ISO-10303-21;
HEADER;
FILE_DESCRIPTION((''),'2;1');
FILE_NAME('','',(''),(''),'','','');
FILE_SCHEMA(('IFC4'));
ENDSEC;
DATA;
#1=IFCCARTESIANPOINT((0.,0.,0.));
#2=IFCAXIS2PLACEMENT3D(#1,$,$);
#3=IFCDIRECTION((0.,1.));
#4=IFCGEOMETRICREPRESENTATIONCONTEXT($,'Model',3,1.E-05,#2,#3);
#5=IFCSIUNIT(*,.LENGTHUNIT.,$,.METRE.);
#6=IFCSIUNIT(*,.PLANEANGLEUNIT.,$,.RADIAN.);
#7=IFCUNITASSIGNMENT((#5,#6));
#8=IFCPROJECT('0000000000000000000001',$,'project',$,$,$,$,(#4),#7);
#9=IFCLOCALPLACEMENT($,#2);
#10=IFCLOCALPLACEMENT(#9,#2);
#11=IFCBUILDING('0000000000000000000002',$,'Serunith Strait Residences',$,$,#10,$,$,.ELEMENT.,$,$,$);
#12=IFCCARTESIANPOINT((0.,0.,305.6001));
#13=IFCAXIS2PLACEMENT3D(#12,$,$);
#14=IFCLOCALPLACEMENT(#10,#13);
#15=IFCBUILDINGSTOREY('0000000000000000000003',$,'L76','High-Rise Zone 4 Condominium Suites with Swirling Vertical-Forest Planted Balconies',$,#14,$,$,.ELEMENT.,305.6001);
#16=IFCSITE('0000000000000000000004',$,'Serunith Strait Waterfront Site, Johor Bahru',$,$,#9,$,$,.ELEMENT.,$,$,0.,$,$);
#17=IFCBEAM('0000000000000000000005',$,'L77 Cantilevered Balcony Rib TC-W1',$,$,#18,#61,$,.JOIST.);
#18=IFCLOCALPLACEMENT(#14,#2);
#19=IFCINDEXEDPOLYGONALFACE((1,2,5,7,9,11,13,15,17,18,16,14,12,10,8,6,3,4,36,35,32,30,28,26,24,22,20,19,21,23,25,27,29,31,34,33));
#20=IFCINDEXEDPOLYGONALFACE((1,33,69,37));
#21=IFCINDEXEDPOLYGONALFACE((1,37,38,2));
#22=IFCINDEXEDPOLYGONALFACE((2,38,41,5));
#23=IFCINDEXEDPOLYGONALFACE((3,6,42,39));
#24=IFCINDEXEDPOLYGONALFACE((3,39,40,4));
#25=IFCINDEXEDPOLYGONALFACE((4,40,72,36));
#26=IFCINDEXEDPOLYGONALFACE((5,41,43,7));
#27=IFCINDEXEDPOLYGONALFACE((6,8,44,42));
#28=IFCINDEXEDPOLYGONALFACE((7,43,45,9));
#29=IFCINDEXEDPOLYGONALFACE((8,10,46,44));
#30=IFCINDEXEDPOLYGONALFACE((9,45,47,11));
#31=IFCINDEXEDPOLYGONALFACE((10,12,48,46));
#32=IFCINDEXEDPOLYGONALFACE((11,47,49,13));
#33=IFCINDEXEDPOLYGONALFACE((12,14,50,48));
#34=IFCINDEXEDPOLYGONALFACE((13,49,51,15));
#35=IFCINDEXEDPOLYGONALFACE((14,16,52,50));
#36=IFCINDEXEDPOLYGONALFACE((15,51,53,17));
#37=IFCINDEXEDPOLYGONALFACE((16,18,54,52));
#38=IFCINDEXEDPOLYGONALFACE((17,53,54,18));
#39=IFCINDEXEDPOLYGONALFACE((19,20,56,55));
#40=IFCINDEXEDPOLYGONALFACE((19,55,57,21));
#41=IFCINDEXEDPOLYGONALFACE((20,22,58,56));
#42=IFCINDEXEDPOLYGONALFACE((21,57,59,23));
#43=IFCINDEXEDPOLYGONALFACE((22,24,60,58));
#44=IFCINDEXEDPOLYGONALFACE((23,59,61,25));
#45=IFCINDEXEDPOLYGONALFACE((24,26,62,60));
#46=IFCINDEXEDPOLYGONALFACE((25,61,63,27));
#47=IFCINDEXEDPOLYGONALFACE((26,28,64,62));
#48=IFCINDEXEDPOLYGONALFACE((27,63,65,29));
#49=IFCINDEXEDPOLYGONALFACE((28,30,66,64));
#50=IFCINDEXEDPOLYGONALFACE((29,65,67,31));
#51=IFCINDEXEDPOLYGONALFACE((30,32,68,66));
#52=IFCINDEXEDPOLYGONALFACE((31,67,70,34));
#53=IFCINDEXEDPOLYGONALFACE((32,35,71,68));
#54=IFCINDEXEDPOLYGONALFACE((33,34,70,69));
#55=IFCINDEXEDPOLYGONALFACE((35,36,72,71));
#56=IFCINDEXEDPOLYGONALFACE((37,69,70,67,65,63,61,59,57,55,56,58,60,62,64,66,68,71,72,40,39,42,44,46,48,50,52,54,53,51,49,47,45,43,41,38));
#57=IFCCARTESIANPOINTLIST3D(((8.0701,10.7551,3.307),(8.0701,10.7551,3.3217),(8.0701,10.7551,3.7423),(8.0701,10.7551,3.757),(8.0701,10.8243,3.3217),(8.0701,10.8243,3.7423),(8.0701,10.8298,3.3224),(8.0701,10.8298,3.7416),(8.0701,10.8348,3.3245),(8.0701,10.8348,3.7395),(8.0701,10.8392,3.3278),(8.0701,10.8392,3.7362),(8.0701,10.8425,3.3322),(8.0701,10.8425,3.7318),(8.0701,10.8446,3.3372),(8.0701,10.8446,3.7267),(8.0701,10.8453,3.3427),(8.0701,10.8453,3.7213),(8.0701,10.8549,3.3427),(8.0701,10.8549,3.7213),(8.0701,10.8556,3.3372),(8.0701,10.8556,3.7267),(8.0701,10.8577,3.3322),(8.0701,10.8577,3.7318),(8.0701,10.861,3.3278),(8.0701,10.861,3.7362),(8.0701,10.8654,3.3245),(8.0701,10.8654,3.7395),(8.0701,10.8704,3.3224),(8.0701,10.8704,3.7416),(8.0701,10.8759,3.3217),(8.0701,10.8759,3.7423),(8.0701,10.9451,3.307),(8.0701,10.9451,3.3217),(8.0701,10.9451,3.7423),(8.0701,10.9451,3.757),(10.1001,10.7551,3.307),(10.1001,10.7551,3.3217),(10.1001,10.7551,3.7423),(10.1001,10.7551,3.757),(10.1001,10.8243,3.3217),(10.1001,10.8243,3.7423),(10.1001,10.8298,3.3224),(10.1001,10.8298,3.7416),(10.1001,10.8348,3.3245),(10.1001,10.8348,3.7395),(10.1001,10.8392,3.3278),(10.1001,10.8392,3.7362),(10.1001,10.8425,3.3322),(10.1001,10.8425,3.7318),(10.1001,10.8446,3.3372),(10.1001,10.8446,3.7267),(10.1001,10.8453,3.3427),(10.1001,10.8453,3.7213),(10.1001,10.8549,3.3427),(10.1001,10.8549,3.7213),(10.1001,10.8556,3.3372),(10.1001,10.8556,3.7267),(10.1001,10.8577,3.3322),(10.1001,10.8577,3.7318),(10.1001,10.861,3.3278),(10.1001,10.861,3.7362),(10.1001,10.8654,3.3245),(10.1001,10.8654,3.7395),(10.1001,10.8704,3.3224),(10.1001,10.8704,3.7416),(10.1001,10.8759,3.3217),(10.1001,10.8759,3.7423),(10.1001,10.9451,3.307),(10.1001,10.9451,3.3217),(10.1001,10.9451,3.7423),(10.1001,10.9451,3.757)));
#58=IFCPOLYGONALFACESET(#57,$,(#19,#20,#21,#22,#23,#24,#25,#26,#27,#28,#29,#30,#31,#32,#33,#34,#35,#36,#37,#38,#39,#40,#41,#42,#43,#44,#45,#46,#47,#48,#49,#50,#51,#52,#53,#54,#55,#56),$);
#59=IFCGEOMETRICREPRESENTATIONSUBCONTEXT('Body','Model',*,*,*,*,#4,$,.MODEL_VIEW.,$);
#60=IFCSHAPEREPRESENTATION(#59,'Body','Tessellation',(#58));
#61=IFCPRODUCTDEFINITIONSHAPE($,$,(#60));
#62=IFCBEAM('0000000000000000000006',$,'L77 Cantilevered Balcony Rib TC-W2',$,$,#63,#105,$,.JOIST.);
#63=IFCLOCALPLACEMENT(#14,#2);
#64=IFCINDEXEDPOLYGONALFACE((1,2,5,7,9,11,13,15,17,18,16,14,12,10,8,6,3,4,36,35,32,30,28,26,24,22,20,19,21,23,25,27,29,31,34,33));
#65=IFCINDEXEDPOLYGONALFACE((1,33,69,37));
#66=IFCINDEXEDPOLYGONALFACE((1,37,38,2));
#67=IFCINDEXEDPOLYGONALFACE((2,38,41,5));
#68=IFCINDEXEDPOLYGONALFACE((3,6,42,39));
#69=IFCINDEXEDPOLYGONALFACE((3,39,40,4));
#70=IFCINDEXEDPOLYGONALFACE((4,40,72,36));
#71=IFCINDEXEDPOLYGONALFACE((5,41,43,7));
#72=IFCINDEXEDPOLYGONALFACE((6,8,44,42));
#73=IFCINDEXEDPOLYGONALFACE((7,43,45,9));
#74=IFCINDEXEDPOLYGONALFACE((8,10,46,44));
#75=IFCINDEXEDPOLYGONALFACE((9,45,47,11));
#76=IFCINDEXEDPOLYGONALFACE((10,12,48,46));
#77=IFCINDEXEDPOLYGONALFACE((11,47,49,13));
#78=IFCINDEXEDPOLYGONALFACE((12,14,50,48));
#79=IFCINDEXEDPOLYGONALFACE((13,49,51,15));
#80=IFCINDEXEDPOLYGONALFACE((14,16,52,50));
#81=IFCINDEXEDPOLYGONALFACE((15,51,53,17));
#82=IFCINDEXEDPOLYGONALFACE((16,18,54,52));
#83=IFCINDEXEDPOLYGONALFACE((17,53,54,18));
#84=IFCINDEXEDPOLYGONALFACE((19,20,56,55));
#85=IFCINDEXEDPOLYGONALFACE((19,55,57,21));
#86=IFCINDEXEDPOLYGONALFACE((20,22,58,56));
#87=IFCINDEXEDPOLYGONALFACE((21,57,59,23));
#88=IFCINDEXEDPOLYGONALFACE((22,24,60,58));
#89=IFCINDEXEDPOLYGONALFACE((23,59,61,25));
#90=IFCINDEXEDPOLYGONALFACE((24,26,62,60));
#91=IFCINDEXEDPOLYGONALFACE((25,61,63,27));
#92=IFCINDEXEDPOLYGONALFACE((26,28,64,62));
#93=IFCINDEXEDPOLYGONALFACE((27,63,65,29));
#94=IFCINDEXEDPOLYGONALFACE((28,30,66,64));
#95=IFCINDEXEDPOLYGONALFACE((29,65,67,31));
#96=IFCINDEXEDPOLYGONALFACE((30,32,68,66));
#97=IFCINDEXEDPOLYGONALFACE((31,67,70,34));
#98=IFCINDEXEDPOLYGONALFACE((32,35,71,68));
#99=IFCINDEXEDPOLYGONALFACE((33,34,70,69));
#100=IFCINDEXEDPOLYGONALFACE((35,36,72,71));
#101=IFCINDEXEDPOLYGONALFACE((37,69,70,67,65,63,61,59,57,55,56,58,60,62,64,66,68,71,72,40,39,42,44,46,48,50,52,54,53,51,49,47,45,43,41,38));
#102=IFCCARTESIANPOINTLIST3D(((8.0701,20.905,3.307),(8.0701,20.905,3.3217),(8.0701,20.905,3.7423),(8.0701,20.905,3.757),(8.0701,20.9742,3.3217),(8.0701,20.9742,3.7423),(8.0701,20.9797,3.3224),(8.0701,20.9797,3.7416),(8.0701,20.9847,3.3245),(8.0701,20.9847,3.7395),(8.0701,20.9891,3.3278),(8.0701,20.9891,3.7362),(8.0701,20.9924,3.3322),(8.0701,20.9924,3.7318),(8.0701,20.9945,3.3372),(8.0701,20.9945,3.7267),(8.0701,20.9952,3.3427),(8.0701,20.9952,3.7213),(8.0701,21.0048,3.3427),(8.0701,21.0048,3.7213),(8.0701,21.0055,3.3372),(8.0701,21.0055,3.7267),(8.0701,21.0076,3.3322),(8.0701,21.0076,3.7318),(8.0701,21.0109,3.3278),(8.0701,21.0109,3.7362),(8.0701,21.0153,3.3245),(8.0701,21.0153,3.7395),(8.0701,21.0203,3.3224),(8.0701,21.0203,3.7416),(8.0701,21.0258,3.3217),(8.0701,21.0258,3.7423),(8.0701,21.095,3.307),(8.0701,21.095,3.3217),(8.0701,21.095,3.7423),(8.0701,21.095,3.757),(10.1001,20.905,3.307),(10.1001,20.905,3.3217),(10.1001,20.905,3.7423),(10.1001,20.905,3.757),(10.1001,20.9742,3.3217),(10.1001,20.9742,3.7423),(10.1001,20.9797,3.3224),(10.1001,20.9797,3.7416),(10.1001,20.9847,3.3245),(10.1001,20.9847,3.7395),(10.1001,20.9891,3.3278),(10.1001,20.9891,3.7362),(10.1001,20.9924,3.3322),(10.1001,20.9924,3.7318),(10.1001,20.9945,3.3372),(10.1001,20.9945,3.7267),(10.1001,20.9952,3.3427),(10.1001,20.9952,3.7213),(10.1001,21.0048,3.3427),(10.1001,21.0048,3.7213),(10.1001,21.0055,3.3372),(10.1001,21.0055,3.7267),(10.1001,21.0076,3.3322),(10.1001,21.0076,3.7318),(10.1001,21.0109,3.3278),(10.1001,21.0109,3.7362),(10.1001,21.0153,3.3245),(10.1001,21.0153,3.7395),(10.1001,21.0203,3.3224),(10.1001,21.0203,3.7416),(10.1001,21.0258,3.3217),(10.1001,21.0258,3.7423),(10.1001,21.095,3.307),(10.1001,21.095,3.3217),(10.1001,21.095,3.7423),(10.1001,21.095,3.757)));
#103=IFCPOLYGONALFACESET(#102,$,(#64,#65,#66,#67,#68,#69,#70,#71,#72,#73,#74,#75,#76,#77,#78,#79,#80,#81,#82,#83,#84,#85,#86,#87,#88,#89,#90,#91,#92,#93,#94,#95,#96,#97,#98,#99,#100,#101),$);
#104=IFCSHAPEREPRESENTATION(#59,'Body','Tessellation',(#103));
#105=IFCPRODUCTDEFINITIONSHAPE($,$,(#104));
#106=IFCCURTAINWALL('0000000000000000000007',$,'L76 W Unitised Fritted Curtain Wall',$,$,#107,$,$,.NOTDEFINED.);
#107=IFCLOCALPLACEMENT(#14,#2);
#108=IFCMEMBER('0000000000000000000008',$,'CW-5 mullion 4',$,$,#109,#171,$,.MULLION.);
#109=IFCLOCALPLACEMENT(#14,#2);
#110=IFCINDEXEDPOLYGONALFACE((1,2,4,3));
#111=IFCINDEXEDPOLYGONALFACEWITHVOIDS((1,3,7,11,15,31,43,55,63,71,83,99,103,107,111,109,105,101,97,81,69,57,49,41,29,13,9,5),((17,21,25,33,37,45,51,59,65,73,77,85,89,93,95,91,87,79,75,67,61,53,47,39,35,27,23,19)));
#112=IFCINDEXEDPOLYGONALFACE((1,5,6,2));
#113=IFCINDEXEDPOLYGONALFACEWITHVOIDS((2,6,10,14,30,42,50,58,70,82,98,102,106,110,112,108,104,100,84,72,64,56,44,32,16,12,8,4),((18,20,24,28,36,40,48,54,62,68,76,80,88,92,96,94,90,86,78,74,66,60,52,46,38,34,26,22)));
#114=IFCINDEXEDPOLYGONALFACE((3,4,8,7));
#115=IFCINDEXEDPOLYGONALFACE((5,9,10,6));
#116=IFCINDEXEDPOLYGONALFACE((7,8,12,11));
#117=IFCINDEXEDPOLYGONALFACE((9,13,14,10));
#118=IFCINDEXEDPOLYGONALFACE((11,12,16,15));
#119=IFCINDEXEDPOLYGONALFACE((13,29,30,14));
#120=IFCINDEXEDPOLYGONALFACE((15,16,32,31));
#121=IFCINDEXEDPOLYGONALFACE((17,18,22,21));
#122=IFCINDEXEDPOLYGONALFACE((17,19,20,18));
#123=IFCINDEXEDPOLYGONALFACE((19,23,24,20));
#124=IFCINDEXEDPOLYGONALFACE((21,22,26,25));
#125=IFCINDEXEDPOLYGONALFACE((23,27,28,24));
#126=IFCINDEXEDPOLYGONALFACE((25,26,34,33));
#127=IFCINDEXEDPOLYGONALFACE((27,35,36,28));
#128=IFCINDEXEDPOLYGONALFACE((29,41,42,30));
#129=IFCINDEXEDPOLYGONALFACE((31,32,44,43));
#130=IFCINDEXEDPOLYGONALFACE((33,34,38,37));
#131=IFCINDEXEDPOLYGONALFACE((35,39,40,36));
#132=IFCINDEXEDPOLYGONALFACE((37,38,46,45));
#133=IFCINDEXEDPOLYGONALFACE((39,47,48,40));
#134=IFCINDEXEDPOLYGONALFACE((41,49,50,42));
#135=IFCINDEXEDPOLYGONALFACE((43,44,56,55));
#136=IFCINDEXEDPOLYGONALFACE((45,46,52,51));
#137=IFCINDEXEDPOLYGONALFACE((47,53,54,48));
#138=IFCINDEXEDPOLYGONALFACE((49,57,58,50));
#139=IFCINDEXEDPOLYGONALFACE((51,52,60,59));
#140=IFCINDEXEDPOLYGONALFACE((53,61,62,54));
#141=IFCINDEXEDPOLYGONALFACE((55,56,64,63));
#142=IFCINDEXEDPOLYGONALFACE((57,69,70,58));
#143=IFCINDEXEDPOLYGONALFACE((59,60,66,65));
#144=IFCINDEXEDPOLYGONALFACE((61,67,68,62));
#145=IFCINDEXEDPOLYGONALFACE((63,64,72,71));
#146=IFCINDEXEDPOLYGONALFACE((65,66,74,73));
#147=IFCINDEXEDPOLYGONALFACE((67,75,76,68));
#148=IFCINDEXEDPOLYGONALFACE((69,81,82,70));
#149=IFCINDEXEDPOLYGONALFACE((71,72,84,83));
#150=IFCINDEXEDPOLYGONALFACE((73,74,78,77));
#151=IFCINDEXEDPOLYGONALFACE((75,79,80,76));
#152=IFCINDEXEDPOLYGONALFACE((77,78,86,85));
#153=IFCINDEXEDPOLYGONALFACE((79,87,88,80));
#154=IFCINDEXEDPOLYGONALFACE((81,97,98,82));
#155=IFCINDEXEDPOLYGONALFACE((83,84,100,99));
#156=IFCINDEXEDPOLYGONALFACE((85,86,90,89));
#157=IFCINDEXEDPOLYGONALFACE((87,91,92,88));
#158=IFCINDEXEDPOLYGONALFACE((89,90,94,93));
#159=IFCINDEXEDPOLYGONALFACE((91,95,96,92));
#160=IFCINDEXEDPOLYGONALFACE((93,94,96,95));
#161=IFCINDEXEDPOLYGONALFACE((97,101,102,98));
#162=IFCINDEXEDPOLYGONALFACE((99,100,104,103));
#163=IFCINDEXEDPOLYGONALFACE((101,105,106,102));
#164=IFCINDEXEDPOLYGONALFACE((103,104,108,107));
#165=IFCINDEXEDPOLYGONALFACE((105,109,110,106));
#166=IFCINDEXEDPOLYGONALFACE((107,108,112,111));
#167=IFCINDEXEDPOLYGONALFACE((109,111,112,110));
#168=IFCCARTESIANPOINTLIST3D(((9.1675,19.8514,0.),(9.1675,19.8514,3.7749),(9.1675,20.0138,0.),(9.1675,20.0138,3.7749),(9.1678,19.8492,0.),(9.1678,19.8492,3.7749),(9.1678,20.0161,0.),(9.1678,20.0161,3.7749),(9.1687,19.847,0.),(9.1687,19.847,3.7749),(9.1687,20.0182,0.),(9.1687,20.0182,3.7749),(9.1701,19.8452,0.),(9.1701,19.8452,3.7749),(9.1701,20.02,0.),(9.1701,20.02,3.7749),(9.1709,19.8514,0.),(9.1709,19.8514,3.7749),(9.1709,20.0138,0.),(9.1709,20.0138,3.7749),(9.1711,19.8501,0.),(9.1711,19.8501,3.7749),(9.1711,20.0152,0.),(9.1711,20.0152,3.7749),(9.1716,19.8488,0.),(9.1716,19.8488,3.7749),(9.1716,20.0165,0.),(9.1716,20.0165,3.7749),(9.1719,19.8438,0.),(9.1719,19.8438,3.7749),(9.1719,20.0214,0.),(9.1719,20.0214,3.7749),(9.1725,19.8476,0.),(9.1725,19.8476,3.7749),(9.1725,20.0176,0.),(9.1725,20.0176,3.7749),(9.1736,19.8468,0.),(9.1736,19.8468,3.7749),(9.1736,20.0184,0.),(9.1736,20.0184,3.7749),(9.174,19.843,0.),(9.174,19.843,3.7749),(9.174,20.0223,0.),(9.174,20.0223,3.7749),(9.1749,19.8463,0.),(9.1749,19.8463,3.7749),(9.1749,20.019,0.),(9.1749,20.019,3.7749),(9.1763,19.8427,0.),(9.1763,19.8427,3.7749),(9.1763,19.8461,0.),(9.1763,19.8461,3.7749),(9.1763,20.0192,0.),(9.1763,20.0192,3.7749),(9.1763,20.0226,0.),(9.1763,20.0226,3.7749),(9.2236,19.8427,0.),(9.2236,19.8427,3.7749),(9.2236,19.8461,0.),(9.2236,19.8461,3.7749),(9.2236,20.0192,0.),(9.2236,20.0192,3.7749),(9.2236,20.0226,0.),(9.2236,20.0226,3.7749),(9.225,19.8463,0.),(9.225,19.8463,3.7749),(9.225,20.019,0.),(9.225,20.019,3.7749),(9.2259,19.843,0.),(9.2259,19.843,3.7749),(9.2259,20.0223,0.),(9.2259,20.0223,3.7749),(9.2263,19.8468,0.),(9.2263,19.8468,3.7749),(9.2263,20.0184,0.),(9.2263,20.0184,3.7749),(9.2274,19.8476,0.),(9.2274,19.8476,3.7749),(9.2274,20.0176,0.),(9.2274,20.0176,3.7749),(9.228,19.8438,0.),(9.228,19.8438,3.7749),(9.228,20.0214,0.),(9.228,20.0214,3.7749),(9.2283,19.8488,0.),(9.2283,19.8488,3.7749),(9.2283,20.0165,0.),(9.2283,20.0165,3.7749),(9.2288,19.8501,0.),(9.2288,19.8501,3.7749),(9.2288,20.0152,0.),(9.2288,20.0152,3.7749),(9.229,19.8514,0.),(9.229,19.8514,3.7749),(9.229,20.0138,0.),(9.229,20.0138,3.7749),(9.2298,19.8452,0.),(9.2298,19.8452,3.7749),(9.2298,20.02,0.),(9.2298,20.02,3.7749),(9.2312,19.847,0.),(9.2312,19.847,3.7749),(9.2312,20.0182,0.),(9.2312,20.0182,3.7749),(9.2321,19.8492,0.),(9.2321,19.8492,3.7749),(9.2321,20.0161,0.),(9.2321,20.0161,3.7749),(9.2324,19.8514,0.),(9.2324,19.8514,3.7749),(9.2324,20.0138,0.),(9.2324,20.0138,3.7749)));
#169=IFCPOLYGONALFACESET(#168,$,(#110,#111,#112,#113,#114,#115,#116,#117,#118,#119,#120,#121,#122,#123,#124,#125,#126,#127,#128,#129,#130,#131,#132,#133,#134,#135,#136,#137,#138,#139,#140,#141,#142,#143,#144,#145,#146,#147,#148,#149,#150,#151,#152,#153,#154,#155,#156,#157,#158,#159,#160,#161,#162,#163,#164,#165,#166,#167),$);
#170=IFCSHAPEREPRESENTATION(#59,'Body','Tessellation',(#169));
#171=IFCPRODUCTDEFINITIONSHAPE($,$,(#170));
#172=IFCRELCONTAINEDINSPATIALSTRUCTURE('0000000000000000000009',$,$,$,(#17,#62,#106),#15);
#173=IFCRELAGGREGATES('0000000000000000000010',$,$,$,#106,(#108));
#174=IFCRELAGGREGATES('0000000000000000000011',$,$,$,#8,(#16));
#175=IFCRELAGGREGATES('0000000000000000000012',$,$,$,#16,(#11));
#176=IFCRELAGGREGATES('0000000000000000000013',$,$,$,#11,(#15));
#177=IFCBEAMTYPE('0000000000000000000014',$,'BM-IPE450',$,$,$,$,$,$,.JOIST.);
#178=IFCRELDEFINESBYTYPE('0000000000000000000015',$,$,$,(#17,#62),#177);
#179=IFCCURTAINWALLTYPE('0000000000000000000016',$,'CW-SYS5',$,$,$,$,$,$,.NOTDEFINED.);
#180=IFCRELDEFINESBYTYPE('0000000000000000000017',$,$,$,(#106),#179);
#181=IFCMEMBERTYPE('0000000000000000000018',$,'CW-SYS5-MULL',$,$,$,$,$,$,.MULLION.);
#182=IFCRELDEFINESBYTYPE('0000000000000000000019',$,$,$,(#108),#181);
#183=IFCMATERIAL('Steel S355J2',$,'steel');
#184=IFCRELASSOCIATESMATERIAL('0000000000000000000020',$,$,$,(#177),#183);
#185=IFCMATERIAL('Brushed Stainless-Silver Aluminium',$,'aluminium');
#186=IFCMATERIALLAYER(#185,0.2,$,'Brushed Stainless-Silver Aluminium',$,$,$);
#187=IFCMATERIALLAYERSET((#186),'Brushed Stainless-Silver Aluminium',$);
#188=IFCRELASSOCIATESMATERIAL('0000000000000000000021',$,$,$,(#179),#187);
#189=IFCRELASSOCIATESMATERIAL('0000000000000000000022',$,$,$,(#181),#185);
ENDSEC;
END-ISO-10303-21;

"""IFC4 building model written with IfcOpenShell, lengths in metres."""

from ifc_helpers import new_model, si_unit, direction, frame, origin, origin_2d, place, context, subcontext, project, spatial, hollow_rectangle, i_section, extrude, source, transform, mapped, material, layer, layer_set, material_profile, profile_set, type_object, element, aggregate, save


model = new_model("IFC4")

# Units and contexts
model_context = context("Model", 3, precision=1e-05, world=origin(), true_north=direction((0.0, 1.0)))
body_context = subcontext(model_context, "Body", "Model", "MODEL_VIEW")
ifc_project = project(units=[si_unit("LENGTHUNIT", "METRE"), si_unit("PLANEANGLEUNIT", "RADIAN")], contexts=[model_context])

# Site, building, storey
site_placement = place(None, origin())
site = spatial("IfcSite", under=ifc_project, at=site_placement, Name="Serunith Strait Waterfront Site, Johor Bahru", CompositionType="ELEMENT", RefElevation=0.0)
building_placement = place(site_placement, origin())
building = spatial("IfcBuilding", under=site, at=building_placement, Name="Serunith Strait Residences", CompositionType="ELEMENT")
storey_placement = place(building_placement, frame((0.0, 0.0, 305.6001)))
storey = spatial("IfcBuildingStorey", under=building, at=storey_placement, Name="L76", Description="High-Rise Zone 4 Condominium Suites with Swirling Vertical-Forest Planted Balconies", CompositionType="ELEMENT", Elevation=305.6001)

# Beams
ifc_material_1 = material(Name="Steel S355J2", Category="steel")
ifc_material_profile_1 = material_profile(ifc_material_1, i_section(OverallWidth=0.1899, OverallDepth=0.45, WebThickness=0.0095, FlangeThickness=0.0146, FilletRadius=0.021, at=origin_2d()), Name="IPE 450")
ifc_profile_set_1 = profile_set([ifc_material_profile_1], Name="Steel S355J2")
beam_type_1 = type_object("IfcBeamType", Name="BM-IPE450", PredefinedType="JOIST", material=ifc_profile_set_1)
shared_shape_1 = source(origin(), body_context, "Body", "SweptSolid", [
    extrude(i_section(OverallWidth=0.1899, OverallDepth=0.45, WebThickness=0.0095, FlangeThickness=0.0146, FilletRadius=0.021, at=origin_2d()), origin(), (0.0, 0.0, 1.0), 2.03),
])
for number, where, z_axis, x_axis, name in (
    (1, (10.1001, 10.8501, 3.532), (-1.0, 0.0, 0.0), (0.0, -1.0, 0.0), "L77 Cantilevered Balcony Rib TC-W1"),
    (2, (10.1001, 21.0, 3.532), (-1.0, 0.0, 0.0), (0.0, -1.0, 0.0), "L77 Cantilevered Balcony Rib TC-W2"),
):
    element("IfcBeam", number, at=place(storey_placement, frame(where, z_axis=z_axis, x_axis=x_axis)), inside=storey, type_object=beam_type_1, Name=name, PredefinedType="JOIST", context=body_context, shape_type="MappedRepresentation", body=[
        mapped(shared_shape_1, transform((0.0, 0.0, 0.0), scale=1.0)),
    ])

# Curtain wall, member
ifc_material_2 = material(Name="Brushed Stainless-Silver Aluminium", Category="aluminium")
ifc_layer_1 = layer(ifc_material_2, 0.2, Name="Brushed Stainless-Silver Aluminium")
ifc_layer_set_1 = layer_set([ifc_layer_1], Name="Brushed Stainless-Silver Aluminium")
curtain_wall_type = type_object("IfcCurtainWallType", Name="CW-SYS5", PredefinedType="NOTDEFINED", material=ifc_layer_set_1)
curtain_wall_1_placement = place(storey_placement, origin())
curtain_wall_1 = element("IfcCurtainWall", 3, at=curtain_wall_1_placement, inside=storey, type_object=curtain_wall_type, Name="L76 W Unitised Fritted Curtain Wall", PredefinedType="NOTDEFINED")
ifc_material_profile_2 = material_profile(ifc_material_2, hollow_rectangle(XDim=0.0649, YDim=0.1799, WallThickness=0.0034, InnerFilletRadius=0.0054, OuterFilletRadius=0.0088, at=origin_2d()), Name="ALU 180x65x3.5")
ifc_profile_set_2 = profile_set([ifc_material_profile_2], Name="Brushed Stainless-Silver Aluminium")
member_type_1 = type_object("IfcMemberType", Name="CW-SYS5-MULL", PredefinedType="MULLION", material=ifc_profile_set_2)
shared_shape_2 = source(origin(), body_context, "Body", "SweptSolid", [
    extrude(hollow_rectangle(XDim=0.0649, YDim=0.1799, WallThickness=0.0034, InnerFilletRadius=0.0054, OuterFilletRadius=0.0088, at=origin_2d()), origin(), (0.0, 0.0, 1.0), 3.7749),
])
member_1_placement = place(storey_placement, frame((9.2, 19.9326, 0.0), z_axis=(0.0, 0.0, 1.0), x_axis=(1.0, 0.0, 0.0)))
member_1 = element("IfcMember", 4, at=member_1_placement, type_object=member_type_1, Name="CW-5 mullion 4", PredefinedType="MULLION", context=body_context, shape_type="MappedRepresentation", body=[
    mapped(shared_shape_2, transform((0.0, 0.0, 0.0), scale=1.0)),
])

aggregate(curtain_wall_1, [member_1])

save(model, "model.ifc")
